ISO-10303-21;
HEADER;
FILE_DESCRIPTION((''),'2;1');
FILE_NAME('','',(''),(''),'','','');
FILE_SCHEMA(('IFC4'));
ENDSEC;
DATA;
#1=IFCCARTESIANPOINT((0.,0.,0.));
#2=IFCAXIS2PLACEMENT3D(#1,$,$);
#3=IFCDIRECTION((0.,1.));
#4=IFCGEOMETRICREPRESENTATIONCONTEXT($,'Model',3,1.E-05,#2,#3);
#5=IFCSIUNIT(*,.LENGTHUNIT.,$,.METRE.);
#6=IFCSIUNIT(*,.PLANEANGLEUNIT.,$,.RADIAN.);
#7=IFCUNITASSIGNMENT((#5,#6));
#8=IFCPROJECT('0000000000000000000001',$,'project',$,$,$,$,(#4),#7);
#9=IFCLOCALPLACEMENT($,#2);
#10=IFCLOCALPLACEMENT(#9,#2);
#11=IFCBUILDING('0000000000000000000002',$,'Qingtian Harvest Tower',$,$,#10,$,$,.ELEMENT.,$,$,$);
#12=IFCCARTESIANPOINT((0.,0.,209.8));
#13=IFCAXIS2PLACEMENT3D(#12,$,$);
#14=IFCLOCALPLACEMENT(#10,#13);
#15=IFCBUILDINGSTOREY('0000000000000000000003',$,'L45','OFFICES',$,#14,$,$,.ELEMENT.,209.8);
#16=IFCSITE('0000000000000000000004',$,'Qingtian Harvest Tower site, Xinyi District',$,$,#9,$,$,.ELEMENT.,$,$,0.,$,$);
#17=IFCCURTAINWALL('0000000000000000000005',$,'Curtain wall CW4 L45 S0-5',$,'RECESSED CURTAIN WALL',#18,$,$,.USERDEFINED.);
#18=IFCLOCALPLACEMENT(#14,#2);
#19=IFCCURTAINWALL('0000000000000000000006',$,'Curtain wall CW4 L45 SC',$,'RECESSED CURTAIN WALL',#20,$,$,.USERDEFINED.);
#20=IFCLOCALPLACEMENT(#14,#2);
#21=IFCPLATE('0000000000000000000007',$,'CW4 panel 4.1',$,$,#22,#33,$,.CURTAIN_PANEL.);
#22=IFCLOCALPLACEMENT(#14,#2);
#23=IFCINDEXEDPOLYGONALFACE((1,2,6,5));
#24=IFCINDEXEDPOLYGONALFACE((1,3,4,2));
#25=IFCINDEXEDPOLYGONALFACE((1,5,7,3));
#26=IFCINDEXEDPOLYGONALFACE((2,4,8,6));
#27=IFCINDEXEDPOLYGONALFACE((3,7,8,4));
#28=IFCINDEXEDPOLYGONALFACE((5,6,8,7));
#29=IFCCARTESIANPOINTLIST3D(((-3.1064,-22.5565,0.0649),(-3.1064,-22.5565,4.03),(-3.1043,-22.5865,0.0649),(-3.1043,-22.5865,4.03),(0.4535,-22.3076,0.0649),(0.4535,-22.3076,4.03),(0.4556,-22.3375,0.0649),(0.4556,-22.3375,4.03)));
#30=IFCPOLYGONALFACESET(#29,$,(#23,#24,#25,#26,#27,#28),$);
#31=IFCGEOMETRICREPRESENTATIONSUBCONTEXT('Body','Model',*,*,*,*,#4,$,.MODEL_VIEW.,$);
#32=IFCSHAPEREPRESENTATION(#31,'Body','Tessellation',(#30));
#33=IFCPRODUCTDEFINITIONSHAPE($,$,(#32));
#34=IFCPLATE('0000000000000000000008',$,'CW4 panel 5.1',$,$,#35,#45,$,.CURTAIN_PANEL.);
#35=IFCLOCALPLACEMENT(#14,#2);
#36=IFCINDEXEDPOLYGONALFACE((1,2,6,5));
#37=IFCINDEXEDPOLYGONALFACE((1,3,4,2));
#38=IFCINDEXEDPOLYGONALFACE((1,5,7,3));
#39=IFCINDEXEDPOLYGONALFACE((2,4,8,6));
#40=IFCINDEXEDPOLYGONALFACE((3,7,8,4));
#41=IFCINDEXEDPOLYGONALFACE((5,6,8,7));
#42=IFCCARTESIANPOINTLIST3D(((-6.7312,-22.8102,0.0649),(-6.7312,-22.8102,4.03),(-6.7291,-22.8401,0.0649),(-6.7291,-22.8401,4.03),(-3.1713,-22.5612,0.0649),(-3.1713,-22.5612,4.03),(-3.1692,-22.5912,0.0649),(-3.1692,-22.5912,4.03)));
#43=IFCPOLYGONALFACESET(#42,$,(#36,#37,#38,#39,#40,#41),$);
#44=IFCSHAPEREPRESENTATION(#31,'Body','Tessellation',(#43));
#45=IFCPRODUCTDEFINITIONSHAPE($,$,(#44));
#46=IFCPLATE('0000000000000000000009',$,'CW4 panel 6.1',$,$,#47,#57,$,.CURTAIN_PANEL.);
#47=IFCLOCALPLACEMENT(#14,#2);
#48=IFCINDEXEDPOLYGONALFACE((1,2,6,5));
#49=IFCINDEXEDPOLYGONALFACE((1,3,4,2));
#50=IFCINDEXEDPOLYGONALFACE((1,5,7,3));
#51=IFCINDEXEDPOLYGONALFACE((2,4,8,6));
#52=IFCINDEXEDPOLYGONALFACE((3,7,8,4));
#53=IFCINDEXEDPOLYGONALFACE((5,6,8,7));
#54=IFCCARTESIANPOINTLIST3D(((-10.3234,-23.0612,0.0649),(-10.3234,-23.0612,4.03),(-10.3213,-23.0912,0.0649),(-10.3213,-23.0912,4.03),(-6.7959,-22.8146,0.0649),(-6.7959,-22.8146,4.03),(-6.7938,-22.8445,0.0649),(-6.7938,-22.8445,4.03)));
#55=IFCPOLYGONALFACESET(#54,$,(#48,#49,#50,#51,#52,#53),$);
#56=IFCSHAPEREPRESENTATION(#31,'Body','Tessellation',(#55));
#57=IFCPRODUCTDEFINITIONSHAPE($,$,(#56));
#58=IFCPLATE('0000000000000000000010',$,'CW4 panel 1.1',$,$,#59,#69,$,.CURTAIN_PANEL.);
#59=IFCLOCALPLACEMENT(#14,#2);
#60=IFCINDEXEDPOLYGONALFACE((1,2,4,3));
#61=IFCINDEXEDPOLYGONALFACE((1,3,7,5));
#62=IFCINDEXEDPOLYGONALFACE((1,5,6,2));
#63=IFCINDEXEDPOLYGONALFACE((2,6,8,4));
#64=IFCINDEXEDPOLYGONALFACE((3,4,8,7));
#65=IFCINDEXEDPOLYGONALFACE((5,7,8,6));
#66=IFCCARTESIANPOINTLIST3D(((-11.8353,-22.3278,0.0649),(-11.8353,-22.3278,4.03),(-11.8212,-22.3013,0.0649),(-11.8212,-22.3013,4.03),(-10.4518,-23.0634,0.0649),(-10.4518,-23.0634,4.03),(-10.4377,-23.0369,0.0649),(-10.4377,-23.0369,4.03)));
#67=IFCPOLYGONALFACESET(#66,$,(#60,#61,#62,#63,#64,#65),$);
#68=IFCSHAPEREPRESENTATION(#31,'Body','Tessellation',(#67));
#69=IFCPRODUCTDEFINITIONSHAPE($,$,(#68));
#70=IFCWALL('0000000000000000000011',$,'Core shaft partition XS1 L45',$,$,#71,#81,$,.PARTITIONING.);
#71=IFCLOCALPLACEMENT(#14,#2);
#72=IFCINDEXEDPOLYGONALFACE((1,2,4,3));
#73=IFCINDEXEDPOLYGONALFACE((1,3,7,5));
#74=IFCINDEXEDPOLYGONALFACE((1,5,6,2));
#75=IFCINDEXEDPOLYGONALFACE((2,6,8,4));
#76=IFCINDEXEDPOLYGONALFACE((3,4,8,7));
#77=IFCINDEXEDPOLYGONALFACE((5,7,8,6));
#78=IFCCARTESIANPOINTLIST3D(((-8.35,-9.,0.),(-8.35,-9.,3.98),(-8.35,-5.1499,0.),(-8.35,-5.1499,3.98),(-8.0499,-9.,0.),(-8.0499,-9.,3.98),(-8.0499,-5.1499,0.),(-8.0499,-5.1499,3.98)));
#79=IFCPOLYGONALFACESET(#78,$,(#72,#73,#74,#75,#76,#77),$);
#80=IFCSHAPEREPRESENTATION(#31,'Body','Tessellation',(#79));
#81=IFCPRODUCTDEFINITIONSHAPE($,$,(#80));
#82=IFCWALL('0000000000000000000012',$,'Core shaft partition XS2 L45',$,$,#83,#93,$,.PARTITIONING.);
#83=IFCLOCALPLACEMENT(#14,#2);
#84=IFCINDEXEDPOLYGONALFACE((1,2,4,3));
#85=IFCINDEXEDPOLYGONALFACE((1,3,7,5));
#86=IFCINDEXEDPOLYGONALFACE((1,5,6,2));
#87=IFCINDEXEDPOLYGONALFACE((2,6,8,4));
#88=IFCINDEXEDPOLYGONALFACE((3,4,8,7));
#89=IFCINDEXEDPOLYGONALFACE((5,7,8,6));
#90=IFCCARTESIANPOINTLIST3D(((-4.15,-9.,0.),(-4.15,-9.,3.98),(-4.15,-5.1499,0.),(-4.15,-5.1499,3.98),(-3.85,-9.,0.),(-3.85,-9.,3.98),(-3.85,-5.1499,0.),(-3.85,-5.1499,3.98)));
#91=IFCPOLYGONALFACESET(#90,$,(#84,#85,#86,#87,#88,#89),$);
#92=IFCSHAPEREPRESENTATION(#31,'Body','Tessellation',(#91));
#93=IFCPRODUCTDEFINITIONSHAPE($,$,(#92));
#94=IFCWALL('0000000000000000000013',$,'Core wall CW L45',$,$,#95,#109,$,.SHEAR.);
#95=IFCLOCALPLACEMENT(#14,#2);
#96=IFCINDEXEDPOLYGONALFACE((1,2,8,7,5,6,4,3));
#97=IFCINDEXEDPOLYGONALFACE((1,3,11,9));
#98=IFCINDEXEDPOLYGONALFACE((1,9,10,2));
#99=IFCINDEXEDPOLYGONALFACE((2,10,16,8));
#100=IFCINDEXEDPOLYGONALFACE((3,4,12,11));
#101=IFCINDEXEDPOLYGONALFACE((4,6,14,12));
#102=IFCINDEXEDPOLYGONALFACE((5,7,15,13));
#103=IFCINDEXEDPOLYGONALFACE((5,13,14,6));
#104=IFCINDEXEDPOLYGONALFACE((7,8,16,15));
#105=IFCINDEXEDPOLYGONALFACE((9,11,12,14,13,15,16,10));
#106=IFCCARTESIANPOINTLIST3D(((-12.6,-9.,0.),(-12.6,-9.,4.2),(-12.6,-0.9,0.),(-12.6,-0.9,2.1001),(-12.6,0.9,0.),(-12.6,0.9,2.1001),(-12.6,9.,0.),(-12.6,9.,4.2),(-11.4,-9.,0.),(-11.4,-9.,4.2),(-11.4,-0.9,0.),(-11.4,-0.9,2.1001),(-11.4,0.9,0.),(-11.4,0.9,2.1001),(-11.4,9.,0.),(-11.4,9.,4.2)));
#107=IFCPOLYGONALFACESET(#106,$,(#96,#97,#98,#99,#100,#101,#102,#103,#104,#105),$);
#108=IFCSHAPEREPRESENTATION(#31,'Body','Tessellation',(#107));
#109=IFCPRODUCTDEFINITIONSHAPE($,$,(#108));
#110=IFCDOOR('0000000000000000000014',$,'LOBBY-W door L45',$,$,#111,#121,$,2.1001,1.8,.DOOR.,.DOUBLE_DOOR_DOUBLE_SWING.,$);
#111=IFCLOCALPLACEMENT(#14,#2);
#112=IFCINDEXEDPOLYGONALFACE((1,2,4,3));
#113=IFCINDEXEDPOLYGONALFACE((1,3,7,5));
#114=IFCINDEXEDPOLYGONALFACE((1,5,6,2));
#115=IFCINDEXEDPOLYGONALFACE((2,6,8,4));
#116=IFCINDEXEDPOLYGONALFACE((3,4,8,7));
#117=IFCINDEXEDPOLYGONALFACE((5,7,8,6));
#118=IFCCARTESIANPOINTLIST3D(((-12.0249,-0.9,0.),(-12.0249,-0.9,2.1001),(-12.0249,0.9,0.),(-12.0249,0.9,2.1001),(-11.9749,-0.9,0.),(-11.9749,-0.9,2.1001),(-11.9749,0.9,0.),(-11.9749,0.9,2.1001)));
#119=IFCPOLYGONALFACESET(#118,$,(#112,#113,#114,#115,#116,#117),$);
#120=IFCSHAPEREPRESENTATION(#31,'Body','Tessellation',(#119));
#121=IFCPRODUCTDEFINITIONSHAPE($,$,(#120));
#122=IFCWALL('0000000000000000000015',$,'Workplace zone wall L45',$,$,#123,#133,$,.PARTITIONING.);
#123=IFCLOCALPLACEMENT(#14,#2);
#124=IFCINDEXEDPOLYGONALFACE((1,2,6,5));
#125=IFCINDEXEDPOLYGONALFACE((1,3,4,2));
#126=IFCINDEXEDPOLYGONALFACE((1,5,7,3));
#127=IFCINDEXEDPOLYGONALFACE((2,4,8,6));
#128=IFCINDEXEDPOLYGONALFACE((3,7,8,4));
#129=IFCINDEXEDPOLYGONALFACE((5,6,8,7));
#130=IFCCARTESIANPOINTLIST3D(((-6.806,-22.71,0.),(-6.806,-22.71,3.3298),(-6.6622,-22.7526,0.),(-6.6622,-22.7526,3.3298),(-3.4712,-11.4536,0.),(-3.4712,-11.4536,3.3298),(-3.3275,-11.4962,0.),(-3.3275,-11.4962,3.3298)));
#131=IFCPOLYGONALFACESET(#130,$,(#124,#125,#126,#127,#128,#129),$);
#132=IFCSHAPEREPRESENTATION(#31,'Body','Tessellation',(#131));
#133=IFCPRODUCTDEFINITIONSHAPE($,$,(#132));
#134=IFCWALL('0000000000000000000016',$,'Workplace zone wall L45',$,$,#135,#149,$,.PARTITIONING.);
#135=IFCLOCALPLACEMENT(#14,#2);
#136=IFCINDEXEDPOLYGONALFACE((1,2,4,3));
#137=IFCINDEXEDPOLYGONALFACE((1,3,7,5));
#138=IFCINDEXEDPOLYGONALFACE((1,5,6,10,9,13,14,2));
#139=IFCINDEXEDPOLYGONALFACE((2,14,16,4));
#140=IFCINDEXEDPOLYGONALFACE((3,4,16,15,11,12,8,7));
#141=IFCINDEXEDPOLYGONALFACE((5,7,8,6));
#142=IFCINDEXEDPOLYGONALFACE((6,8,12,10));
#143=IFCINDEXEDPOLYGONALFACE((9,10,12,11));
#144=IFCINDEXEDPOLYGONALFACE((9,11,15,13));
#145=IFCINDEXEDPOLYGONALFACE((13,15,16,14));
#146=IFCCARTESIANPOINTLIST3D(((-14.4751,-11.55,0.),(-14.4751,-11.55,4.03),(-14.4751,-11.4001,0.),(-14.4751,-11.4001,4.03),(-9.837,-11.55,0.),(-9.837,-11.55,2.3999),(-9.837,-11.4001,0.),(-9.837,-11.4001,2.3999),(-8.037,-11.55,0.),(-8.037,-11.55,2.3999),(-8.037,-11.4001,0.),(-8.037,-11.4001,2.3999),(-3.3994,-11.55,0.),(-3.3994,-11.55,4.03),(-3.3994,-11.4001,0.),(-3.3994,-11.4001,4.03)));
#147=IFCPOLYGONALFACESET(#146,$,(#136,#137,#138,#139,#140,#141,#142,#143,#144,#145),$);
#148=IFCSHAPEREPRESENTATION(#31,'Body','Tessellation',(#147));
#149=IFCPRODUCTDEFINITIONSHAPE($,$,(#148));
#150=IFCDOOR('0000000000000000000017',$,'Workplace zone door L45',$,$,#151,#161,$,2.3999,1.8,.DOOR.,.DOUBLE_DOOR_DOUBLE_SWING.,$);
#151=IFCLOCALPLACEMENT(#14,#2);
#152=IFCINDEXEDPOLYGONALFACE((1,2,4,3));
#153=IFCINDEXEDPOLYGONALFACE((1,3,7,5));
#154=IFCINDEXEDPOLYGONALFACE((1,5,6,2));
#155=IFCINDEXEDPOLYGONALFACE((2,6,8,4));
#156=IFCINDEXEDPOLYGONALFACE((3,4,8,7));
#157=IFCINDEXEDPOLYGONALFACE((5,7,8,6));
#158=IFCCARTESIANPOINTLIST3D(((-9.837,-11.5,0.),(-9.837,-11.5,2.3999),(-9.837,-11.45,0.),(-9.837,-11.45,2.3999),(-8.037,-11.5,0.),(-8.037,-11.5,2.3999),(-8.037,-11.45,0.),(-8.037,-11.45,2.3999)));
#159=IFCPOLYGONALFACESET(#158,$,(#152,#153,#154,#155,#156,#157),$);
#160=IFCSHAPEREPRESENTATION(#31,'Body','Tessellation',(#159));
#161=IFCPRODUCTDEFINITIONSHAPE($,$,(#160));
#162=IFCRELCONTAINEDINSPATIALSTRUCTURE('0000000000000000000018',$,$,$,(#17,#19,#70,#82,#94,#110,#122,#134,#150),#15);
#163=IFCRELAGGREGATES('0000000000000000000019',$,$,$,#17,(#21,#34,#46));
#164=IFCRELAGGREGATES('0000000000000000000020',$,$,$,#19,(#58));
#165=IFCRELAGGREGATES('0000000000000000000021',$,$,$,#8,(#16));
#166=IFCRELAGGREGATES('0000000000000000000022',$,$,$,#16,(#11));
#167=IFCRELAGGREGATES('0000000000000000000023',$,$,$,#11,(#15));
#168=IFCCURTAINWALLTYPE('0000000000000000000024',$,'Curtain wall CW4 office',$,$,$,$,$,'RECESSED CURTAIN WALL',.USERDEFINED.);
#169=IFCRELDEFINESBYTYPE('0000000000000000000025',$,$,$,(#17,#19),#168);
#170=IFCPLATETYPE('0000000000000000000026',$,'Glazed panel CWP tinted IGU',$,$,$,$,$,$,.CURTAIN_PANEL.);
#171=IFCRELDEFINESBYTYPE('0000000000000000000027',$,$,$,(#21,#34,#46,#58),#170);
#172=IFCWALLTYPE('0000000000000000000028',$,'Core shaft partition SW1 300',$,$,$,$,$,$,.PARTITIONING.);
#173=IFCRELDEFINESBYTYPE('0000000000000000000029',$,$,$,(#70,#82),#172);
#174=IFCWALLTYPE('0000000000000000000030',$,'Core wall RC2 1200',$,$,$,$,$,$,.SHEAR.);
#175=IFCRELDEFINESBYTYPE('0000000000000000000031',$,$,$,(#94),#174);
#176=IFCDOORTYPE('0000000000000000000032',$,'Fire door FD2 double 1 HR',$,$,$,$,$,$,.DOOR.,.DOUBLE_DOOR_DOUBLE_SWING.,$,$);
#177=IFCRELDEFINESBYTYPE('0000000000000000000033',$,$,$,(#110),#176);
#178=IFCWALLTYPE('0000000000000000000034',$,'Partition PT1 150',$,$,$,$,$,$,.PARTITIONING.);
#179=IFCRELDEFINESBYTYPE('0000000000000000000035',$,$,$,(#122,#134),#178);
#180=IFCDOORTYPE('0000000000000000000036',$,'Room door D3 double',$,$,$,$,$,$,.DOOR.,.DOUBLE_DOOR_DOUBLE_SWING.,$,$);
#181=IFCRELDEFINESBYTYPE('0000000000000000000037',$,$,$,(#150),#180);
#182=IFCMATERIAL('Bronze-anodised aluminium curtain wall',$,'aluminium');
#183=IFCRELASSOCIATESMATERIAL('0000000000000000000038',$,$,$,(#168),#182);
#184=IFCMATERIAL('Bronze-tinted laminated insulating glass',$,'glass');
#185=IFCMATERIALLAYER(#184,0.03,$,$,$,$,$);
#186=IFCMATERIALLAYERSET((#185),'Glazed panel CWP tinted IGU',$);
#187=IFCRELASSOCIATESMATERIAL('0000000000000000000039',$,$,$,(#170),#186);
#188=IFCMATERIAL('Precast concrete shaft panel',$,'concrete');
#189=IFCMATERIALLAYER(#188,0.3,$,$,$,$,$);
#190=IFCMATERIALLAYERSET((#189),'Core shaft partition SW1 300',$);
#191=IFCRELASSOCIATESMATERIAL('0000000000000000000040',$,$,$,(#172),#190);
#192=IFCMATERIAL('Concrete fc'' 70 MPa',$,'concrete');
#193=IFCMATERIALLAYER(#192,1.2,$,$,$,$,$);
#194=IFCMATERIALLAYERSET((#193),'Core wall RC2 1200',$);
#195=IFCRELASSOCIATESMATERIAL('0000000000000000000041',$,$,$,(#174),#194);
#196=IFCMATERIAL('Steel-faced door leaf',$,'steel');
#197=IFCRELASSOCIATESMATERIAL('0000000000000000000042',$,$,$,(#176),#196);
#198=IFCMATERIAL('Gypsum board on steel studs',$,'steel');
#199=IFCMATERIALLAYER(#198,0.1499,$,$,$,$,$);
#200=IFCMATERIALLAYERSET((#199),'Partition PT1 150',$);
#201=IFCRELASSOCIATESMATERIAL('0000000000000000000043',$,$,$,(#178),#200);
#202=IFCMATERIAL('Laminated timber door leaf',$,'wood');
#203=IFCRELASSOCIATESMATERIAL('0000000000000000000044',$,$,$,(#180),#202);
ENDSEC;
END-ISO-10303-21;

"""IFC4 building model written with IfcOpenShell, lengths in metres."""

from ifc_helpers import new_model, si_unit, direction, frame, frame_2d, origin, origin_2d, place, context, subcontext, project, spatial, rectangle, extrude, material, layer, layer_set, type_object, element, fill, aggregate, save


model = new_model("IFC4")

# Units and contexts
model_context = context("Model", 3, precision=1e-05, world=origin(), true_north=direction((0.0, 1.0)))
body_context = subcontext(model_context, "Body", "Model", "MODEL_VIEW")
ifc_project = project(units=[si_unit("LENGTHUNIT", "METRE"), si_unit("PLANEANGLEUNIT", "RADIAN")], contexts=[model_context])

# Site, building, storey
site_placement = place(None, origin())
site = spatial("IfcSite", under=ifc_project, at=site_placement, Name="Qingtian Harvest Tower site, Xinyi District", CompositionType="ELEMENT", RefElevation=0.0)
building_placement = place(site_placement, origin())
building = spatial("IfcBuilding", under=site, at=building_placement, Name="Qingtian Harvest Tower", CompositionType="ELEMENT")
storey_placement = place(building_placement, frame((0.0, 0.0, 209.8)))
storey = spatial("IfcBuildingStorey", under=building, at=storey_placement, Name="L45", Description="OFFICES", CompositionType="ELEMENT", Elevation=209.8)

# Curtain walls
ifc_material_1 = material(Name="Bronze-anodised aluminium curtain wall", Category="aluminium")
curtain_wall_type = type_object("IfcCurtainWallType", Name="Curtain wall CW4 office", ElementType="RECESSED CURTAIN WALL", PredefinedType="USERDEFINED", material=ifc_material_1)
curtain_wall_1_placement = place(storey_placement, origin())
curtain_wall_1 = element("IfcCurtainWall", 1, at=curtain_wall_1_placement, inside=storey, type_object=curtain_wall_type, Name="Curtain wall CW4 L45 S0-5", ObjectType="RECESSED CURTAIN WALL", PredefinedType="USERDEFINED")
curtain_wall_2_placement = place(storey_placement, origin())
curtain_wall_2 = element("IfcCurtainWall", 2, at=curtain_wall_2_placement, inside=storey, type_object=curtain_wall_type, Name="Curtain wall CW4 L45 SC", ObjectType="RECESSED CURTAIN WALL", PredefinedType="USERDEFINED")

# Plates
ifc_material_2 = material(Name="Bronze-tinted laminated insulating glass", Category="glass")
ifc_layer_1 = layer(ifc_material_2, 0.03)
ifc_layer_set_1 = layer_set([ifc_layer_1], Name="Glazed panel CWP tinted IGU")
plate_type = type_object("IfcPlateType", Name="Glazed panel CWP tinted IGU", PredefinedType="CURTAIN_PANEL", material=ifc_layer_set_1)
plate_1_placement = place(storey_placement, frame((-1.3254, -22.447, 0.0649), z_axis=(0.0, 0.0, 1.0), x_axis=(-0.997564, -0.069756, 0.0)))
plate_1 = element("IfcPlate", 3, at=plate_1_placement, type_object=plate_type, Name="CW4 panel 4.1", PredefinedType="CURTAIN_PANEL", context=body_context, shape_type="SweptSolid", body=[
    extrude(rectangle(XDim=3.5686, YDim=0.03, at=origin_2d()), origin(), (0.0, 0.0, 1.0), 3.9651),
])
plate_2_placement = place(storey_placement, frame((-4.9502, -22.7007, 0.0649), z_axis=(0.0, 0.0, 1.0), x_axis=(-0.997564, -0.069756, 0.0)))
plate_2 = element("IfcPlate", 4, at=plate_2_placement, type_object=plate_type, Name="CW4 panel 5.1", PredefinedType="CURTAIN_PANEL", context=body_context, shape_type="SweptSolid", body=[
    extrude(rectangle(XDim=3.5686, YDim=0.03, at=origin_2d()), origin(), (0.0, 0.0, 1.0), 3.9651),
])
plate_3_placement = place(storey_placement, frame((-8.5586, -22.9529, 0.0649), z_axis=(0.0, 0.0, 1.0), x_axis=(-0.997564, -0.069756, 0.0)))
plate_3 = element("IfcPlate", 5, at=plate_3_placement, type_object=plate_type, Name="CW4 panel 6.1", PredefinedType="CURTAIN_PANEL", context=body_context, shape_type="SweptSolid", body=[
    extrude(rectangle(XDim=3.5361, YDim=0.03, at=origin_2d()), origin(), (0.0, 0.0, 1.0), 3.9651),
])
aggregate(curtain_wall_1, [plate_1, plate_2, plate_3])
plate_4_placement = place(storey_placement, frame((-11.1365, -22.6824, 0.0649), z_axis=(0.0, 0.0, 1.0), x_axis=(-0.882948, 0.469472, 0.0)))
plate_4 = element("IfcPlate", 6, at=plate_4_placement, type_object=plate_type, Name="CW4 panel 1.1", PredefinedType="CURTAIN_PANEL", context=body_context, shape_type="SweptSolid", body=[
    extrude(rectangle(XDim=1.5669, YDim=0.03, at=origin_2d()), origin(), (0.0, 0.0, 1.0), 3.9651),
])
aggregate(curtain_wall_2, [plate_4])

# Walls
ifc_material_3 = material(Name="Precast concrete shaft panel", Category="concrete")
ifc_layer_2 = layer(ifc_material_3, 0.3)
ifc_layer_set_2 = layer_set([ifc_layer_2], Name="Core shaft partition SW1 300")
wall_type_1 = type_object("IfcWallType", Name="Core shaft partition SW1 300", PredefinedType="PARTITIONING", material=ifc_layer_set_2)
for number, where, z_axis, x_axis, name in (
    (7, (-8.2, -9.0, 0.0), (0.0, 0.0, 1.0), (0.0, 1.0, 0.0), "Core shaft partition XS1 L45"),
    (8, (-4.0, -9.0, 0.0), (0.0, 0.0, 1.0), (0.0, 1.0, 0.0), "Core shaft partition XS2 L45"),
):
    element("IfcWall", number, at=place(storey_placement, frame(where, z_axis=z_axis, x_axis=x_axis)), inside=storey, type_object=wall_type_1, Name=name, PredefinedType="PARTITIONING", context=body_context, shape_type="SweptSolid", body=[
        extrude(rectangle(XDim=3.8501, YDim=0.3, at=frame_2d((1.925, 0.0))), origin(), (0.0, 0.0, 1.0), 3.98),
    ])

# Wall, opening, door
ifc_material_4 = material(Name="Concrete fc' 70 MPa", Category="concrete")
ifc_layer_3 = layer(ifc_material_4, 1.2)
ifc_layer_set_3 = layer_set([ifc_layer_3], Name="Core wall RC2 1200")
wall_type_2 = type_object("IfcWallType", Name="Core wall RC2 1200", PredefinedType="SHEAR", material=ifc_layer_set_3)
wall_1_placement = place(storey_placement, frame((-12.0, -9.0, 0.0), z_axis=(0.0, 0.0, 1.0), x_axis=(0.0, 1.0, 0.0)))
wall_1 = element("IfcWall", 9, at=wall_1_placement, inside=storey, type_object=wall_type_2, Name="Core wall CW L45", PredefinedType="SHEAR", context=body_context, shape_type="SweptSolid", body=[
    extrude(rectangle(XDim=18.0, YDim=1.2, at=frame_2d((9.0, 0.0))), origin(), (0.0, 0.0, 1.0), 4.2),
])
opening_1_placement = place(wall_1_placement, frame((8.1001, 0.0, 0.0)))
opening_1 = element("IfcOpeningElement", 10, at=opening_1_placement, cuts=wall_1, PredefinedType="OPENING", context=body_context, shape_type="SweptSolid", body=[
    extrude(rectangle(XDim=1.8, YDim=2.1001, at=frame_2d((0.8999, 1.05))), frame((0.0, 0.6099, 0.0), z_axis=(0.0, -1.0, 0.0), x_axis=(1.0, 0.0, 0.0)), (0.0, 0.0, 1.0), 1.22),
])
ifc_material_5 = material(Name="Steel-faced door leaf", Category="steel")
door_type_1 = type_object("IfcDoorType", Name="Fire door FD2 double 1 HR", OperationType="DOUBLE_DOOR_DOUBLE_SWING", PredefinedType="DOOR", material=ifc_material_5)
door_1_placement = place(opening_1_placement, origin())
door_1 = element("IfcDoor", 11, at=door_1_placement, inside=storey, type_object=door_type_1, Name="LOBBY-W door L45", OperationType="DOUBLE_DOOR_DOUBLE_SWING", OverallHeight=2.1001, OverallWidth=1.8, PredefinedType="DOOR", context=body_context, shape_type="SweptSolid", body=[
    extrude(rectangle(XDim=1.8, YDim=2.1001, at=frame_2d((0.8999, 1.05))), frame((0.0, 0.0249, 0.0), z_axis=(0.0, -1.0, 0.0), x_axis=(1.0, 0.0, 0.0)), (0.0, 0.0, 1.0), 0.05),
])
fill(opening_1, door_1)

# Wall
ifc_material_6 = material(Name="Gypsum board on steel studs", Category="steel")
ifc_layer_4 = layer(ifc_material_6, 0.1499)
ifc_layer_set_4 = layer_set([ifc_layer_4], Name="Partition PT1 150")
wall_type_3 = type_object("IfcWallType", Name="Partition PT1 150", PredefinedType="PARTITIONING", material=ifc_layer_set_4)
wall_2_placement = place(storey_placement, frame((-6.7341, -22.7314, 0.0), z_axis=(0.0, 0.0, 1.0), x_axis=(0.284049, 0.95881, 0.0)))
element("IfcWall", 12, at=wall_2_placement, inside=storey, type_object=wall_type_3, Name="Workplace zone wall L45", PredefinedType="PARTITIONING", context=body_context, shape_type="SweptSolid", body=[
    extrude(rectangle(XDim=11.74, YDim=0.1499, at=frame_2d((5.8701, 0.0))), origin(), (0.0, 0.0, 1.0), 3.3298),
])

# Wall, opening, door
wall_3_placement = place(storey_placement, frame((-3.3994, -11.4751, 0.0), z_axis=(0.0, 0.0, 1.0), x_axis=(-1.0, 0.0, 0.0)))
wall_3 = element("IfcWall", 13, at=wall_3_placement, inside=storey, type_object=wall_type_3, Name="Workplace zone wall L45", PredefinedType="PARTITIONING", context=body_context, shape_type="SweptSolid", body=[
    extrude(rectangle(XDim=11.0757, YDim=0.1499, at=frame_2d((5.5378, 0.0))), origin(), (0.0, 0.0, 1.0), 4.03),
])
opening_2_placement = place(wall_3_placement, frame((4.6377, 0.0, 0.0)))
opening_2 = element("IfcOpeningElement", 14, at=opening_2_placement, cuts=wall_3, PredefinedType="OPENING", context=body_context, shape_type="SweptSolid", body=[
    extrude(rectangle(XDim=1.8, YDim=2.3999, at=frame_2d((0.8999, 1.2))), frame((0.0, 0.085, 0.0), z_axis=(0.0, -1.0, 0.0), x_axis=(1.0, 0.0, 0.0)), (0.0, 0.0, 1.0), 0.1699),
])
ifc_material_7 = material(Name="Laminated timber door leaf", Category="wood")
door_type_2 = type_object("IfcDoorType", Name="Room door D3 double", OperationType="DOUBLE_DOOR_DOUBLE_SWING", PredefinedType="DOOR", material=ifc_material_7)
door_2_placement = place(opening_2_placement, origin())
door_2 = element("IfcDoor", 15, at=door_2_placement, inside=storey, type_object=door_type_2, Name="Workplace zone door L45", OperationType="DOUBLE_DOOR_DOUBLE_SWING", OverallHeight=2.3999, OverallWidth=1.8, PredefinedType="DOOR", context=body_context, shape_type="SweptSolid", body=[
    extrude(rectangle(XDim=1.8, YDim=2.3999, at=frame_2d((0.8999, 1.2))), frame((0.0, 0.0249, 0.0), z_axis=(0.0, -1.0, 0.0), x_axis=(1.0, 0.0, 0.0)), (0.0, 0.0, 1.0), 0.05),
])
fill(opening_2, door_2)

save(model, "model.ifc")
